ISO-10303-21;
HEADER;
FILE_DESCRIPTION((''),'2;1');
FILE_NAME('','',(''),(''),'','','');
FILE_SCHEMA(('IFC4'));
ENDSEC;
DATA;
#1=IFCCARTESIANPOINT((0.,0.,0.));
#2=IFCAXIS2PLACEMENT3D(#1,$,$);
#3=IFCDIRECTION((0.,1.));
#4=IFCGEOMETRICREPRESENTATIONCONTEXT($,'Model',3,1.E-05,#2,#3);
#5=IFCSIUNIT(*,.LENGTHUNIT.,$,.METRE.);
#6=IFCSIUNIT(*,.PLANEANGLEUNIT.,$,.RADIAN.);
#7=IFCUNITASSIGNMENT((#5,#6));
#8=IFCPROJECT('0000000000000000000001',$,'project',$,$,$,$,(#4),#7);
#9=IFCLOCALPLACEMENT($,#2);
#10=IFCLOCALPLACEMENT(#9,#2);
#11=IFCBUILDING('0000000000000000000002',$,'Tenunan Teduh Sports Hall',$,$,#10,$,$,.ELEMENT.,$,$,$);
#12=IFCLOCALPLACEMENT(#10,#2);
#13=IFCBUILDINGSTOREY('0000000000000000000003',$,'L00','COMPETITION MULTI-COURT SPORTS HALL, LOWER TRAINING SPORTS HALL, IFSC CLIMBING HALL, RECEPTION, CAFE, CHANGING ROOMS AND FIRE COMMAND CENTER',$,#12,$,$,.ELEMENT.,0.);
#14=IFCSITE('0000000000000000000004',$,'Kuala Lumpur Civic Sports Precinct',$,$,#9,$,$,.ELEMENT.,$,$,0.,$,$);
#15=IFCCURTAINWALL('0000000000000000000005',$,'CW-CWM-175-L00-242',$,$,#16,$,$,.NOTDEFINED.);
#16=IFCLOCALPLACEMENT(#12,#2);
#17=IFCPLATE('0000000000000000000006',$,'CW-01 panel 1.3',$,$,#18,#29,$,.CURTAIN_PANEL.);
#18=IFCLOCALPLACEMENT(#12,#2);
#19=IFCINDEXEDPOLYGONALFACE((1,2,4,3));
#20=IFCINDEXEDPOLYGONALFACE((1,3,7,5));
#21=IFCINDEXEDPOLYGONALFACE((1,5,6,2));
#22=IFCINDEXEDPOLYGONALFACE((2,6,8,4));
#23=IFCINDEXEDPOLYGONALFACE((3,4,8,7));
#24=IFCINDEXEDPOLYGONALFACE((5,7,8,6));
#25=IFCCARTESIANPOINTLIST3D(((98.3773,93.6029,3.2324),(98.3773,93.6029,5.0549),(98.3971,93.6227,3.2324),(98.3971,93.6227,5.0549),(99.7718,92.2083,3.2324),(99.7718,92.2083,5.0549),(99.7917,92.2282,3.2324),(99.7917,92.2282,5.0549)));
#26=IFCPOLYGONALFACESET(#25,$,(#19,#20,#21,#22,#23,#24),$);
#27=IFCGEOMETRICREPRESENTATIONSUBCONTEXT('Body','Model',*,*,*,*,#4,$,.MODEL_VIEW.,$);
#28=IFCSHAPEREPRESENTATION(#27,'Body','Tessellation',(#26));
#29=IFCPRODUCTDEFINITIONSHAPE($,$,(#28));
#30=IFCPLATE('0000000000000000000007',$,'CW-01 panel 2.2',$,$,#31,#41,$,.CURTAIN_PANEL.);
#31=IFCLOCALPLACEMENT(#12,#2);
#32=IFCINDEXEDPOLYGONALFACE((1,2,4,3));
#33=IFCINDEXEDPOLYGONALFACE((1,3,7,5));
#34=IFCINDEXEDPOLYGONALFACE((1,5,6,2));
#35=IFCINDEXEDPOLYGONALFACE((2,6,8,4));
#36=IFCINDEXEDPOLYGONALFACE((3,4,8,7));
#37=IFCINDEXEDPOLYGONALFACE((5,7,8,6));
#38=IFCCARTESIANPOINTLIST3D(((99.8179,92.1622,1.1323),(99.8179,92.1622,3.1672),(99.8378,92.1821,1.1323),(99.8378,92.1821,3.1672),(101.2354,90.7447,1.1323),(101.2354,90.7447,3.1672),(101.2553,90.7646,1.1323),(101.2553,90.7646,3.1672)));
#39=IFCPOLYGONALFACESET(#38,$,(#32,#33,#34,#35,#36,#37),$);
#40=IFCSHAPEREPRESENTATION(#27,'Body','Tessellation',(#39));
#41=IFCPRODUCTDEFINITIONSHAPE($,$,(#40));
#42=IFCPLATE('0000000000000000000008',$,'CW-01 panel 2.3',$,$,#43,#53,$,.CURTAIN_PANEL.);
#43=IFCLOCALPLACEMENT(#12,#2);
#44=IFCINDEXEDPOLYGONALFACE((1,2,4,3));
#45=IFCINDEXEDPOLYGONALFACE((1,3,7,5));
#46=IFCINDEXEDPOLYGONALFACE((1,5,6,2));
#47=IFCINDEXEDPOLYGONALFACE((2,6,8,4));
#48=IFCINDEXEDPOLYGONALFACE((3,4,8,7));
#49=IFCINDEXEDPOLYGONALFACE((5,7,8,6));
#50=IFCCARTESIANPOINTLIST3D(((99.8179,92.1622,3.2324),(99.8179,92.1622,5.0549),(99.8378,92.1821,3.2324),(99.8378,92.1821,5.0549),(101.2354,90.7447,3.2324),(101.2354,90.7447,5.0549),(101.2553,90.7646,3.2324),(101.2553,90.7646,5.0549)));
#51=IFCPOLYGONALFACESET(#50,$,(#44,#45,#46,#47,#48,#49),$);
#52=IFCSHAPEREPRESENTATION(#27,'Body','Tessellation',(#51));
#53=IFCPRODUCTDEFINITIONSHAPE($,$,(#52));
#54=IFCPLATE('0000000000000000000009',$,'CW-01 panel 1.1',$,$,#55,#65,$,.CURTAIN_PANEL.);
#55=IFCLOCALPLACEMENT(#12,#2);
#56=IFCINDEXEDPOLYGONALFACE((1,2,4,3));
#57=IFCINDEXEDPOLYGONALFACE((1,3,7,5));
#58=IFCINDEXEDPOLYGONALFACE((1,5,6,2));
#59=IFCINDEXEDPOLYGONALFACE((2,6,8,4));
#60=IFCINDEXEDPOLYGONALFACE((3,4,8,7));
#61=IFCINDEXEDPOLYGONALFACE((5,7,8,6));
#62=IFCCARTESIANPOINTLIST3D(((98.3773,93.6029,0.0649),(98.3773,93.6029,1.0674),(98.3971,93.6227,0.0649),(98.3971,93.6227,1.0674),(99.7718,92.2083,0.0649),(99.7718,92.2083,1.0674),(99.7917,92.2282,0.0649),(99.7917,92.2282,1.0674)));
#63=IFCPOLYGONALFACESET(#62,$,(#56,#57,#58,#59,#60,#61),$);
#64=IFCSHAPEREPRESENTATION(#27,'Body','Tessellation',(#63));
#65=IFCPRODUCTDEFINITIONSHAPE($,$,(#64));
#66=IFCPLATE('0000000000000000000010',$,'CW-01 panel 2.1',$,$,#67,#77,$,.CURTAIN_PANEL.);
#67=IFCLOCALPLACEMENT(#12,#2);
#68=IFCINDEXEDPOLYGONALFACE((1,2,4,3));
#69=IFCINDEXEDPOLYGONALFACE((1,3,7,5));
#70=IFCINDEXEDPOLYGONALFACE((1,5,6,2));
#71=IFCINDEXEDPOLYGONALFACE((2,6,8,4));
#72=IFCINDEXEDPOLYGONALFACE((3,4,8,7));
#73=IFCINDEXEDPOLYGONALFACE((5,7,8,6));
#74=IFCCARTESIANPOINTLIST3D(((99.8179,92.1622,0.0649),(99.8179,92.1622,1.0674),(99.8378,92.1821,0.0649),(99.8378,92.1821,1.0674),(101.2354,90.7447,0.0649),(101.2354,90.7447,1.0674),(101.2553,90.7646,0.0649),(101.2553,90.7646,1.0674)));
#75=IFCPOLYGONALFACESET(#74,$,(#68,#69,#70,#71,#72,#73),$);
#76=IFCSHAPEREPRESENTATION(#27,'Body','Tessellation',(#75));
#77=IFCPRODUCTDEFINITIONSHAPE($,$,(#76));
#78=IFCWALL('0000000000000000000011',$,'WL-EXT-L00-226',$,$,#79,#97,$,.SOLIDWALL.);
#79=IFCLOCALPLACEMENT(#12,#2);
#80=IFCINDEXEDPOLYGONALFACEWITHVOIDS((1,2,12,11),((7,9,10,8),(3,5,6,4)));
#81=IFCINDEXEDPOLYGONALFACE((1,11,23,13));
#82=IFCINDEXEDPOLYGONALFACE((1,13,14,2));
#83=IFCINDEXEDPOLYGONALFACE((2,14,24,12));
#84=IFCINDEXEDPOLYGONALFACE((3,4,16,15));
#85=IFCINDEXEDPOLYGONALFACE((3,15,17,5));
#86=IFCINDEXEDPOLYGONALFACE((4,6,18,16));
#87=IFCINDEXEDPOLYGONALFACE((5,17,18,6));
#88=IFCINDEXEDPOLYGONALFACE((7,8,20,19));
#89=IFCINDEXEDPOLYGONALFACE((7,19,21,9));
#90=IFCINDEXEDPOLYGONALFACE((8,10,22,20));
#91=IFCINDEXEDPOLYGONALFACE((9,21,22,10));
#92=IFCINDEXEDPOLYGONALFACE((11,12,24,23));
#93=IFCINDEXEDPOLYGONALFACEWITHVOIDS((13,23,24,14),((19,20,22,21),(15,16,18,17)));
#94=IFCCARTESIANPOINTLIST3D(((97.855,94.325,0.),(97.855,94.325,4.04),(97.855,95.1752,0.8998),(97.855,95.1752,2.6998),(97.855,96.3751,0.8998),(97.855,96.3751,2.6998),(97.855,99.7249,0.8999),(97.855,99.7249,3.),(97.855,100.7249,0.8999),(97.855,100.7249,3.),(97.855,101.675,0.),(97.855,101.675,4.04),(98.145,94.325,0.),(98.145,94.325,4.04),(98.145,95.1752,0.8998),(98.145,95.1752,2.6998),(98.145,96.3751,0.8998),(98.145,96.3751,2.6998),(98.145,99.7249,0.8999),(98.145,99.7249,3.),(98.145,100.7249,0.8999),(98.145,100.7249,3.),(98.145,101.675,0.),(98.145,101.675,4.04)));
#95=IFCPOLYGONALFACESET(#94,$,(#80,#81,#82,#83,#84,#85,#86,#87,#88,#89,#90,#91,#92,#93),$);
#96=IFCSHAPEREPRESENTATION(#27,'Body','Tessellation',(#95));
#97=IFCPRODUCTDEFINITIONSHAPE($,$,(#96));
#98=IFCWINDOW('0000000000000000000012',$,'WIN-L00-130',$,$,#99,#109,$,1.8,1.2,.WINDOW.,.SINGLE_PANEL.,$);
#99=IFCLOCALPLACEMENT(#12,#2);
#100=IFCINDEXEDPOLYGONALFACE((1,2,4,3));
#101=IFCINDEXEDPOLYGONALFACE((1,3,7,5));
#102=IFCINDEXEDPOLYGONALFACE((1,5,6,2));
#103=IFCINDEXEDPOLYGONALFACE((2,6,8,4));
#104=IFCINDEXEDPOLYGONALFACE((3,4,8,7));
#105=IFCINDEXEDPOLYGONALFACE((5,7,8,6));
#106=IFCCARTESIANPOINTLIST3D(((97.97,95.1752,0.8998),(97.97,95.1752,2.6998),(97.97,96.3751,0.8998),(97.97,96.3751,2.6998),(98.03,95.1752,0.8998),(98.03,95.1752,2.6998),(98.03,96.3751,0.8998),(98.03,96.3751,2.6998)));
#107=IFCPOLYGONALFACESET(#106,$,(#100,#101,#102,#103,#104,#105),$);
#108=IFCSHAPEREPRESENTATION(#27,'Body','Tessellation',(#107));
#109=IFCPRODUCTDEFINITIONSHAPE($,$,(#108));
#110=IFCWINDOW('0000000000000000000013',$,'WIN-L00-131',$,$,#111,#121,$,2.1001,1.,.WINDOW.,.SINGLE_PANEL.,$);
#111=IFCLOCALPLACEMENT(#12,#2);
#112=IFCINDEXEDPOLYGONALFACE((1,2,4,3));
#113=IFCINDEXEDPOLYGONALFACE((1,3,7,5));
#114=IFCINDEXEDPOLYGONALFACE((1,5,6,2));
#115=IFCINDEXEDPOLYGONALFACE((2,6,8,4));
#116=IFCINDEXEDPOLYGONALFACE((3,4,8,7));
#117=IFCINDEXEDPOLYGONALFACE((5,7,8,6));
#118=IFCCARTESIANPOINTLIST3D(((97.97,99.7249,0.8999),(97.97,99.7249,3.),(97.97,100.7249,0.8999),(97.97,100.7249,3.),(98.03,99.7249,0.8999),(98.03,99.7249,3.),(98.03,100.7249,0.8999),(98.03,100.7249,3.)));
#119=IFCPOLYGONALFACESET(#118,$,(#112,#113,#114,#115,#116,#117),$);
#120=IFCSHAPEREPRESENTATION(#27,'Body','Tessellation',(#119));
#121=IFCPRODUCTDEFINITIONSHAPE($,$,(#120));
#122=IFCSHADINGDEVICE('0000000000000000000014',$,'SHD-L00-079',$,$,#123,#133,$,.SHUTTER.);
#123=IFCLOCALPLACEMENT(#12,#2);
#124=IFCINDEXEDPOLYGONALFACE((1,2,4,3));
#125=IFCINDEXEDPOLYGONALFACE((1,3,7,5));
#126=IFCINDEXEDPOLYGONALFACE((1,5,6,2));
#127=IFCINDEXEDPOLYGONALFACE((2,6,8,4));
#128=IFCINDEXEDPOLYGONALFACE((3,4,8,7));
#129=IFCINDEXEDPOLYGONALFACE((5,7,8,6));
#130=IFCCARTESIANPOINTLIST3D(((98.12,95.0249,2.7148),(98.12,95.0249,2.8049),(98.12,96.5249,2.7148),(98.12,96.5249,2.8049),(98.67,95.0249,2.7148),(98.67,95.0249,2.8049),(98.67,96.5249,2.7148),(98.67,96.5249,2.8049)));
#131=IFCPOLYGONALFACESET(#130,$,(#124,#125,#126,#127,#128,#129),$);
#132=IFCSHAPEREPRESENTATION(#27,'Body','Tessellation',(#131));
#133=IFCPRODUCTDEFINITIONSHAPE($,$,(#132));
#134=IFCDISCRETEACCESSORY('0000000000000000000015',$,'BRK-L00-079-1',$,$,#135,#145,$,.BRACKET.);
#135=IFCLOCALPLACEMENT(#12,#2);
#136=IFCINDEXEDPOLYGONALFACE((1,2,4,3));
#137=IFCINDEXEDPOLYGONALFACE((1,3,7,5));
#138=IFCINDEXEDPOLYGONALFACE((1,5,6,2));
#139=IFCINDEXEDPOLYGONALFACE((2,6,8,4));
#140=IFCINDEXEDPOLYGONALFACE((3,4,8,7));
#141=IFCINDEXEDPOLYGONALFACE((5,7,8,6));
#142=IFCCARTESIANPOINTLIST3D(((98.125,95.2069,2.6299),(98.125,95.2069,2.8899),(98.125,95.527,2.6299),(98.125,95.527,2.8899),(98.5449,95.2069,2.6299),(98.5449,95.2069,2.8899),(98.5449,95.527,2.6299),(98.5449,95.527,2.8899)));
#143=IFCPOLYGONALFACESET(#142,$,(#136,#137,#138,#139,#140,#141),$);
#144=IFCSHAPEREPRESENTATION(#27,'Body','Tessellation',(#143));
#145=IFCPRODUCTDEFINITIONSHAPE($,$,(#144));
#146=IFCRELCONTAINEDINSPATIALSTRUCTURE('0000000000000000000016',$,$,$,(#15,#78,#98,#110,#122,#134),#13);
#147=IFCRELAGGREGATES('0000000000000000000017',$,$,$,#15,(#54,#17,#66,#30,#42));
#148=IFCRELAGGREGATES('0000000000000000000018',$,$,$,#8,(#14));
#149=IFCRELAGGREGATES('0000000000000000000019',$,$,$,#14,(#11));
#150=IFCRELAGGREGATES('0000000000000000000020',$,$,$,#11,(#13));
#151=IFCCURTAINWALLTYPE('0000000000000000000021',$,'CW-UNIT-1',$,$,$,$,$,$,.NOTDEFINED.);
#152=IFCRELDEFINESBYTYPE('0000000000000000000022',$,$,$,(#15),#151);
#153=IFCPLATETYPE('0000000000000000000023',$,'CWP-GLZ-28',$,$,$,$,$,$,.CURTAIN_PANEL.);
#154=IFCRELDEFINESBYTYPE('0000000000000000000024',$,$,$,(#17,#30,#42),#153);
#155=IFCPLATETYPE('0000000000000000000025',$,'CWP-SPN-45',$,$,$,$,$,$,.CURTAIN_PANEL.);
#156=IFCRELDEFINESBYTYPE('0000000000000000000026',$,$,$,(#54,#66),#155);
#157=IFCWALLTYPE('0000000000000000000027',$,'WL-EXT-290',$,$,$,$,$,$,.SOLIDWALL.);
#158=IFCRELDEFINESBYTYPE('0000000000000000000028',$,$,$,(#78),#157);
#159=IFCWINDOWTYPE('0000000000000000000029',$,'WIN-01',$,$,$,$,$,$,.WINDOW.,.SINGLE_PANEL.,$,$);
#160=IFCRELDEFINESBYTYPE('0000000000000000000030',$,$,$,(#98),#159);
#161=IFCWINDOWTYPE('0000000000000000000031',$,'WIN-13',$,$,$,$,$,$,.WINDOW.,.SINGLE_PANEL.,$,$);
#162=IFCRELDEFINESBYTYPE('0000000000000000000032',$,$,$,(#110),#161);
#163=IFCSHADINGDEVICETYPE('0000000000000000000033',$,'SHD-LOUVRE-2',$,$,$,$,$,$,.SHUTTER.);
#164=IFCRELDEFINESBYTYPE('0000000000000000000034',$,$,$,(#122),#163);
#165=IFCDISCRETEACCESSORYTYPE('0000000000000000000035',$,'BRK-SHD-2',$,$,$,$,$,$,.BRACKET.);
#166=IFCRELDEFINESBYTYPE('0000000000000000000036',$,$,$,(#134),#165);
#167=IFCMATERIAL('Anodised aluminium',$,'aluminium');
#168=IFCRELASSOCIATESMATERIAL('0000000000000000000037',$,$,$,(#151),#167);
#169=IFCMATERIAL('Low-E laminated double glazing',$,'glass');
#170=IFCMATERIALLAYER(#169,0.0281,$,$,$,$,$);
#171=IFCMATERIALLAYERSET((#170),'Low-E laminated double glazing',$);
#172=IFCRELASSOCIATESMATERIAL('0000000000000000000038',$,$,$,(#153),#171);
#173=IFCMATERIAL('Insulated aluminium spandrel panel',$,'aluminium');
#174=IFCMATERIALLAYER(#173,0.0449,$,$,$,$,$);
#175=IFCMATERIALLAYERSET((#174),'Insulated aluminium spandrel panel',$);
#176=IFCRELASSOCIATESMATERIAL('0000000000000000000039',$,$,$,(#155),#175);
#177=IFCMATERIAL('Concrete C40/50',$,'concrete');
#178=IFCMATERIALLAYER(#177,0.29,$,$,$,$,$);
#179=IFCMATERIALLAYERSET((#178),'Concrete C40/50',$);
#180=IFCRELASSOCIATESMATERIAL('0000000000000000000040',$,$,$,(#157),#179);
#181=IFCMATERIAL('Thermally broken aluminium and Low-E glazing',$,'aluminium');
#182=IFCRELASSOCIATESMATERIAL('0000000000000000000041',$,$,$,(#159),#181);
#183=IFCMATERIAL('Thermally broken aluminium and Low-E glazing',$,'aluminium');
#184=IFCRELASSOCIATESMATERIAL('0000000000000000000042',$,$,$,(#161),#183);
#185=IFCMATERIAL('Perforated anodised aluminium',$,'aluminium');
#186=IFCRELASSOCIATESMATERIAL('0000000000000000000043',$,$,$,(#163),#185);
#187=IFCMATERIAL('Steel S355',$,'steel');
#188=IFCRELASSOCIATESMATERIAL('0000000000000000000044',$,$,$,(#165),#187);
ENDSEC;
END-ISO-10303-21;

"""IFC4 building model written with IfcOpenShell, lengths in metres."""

from ifc_helpers import new_model, si_unit, direction, frame, frame_2d, origin, origin_2d, place, context, subcontext, project, spatial, rectangle, extrude, material, layer, layer_set, type_object, element, fill, aggregate, save


model = new_model("IFC4")

# Units and contexts
model_context = context("Model", 3, precision=1e-05, world=origin(), true_north=direction((0.0, 1.0)))
body_context = subcontext(model_context, "Body", "Model", "MODEL_VIEW")
ifc_project = project(units=[si_unit("LENGTHUNIT", "METRE"), si_unit("PLANEANGLEUNIT", "RADIAN")], contexts=[model_context])

# Site, building, storey
site_placement = place(None, origin())
site = spatial("IfcSite", under=ifc_project, at=site_placement, Name="Kuala Lumpur Civic Sports Precinct", CompositionType="ELEMENT", RefElevation=0.0)
building_placement = place(site_placement, origin())
building = spatial("IfcBuilding", under=site, at=building_placement, Name="Tenunan Teduh Sports Hall", CompositionType="ELEMENT")
storey_placement = place(building_placement, origin())
storey = spatial("IfcBuildingStorey", under=building, at=storey_placement, Name="L00", Description="COMPETITION MULTI-COURT SPORTS HALL, LOWER TRAINING SPORTS HALL, IFSC CLIMBING HALL, RECEPTION, CAFE, CHANGING ROOMS AND FIRE COMMAND CENTER", CompositionType="ELEMENT", Elevation=0.0)

# Curtain wall, plates
ifc_material_1 = material(Name="Anodised aluminium", Category="aluminium")
curtain_wall_type = type_object("IfcCurtainWallType", Name="CW-UNIT-1", PredefinedType="NOTDEFINED", material=ifc_material_1)
curtain_wall_placement = place(storey_placement, origin())
curtain_wall = element("IfcCurtainWall", 1, at=curtain_wall_placement, inside=storey, type_object=curtain_wall_type, Name="CW-CWM-175-L00-242", PredefinedType="NOTDEFINED")
ifc_material_2 = material(Name="Low-E laminated double glazing", Category="glass")
ifc_layer_1 = layer(ifc_material_2, 0.0281)
ifc_layer_set_1 = layer_set([ifc_layer_1], Name="Low-E laminated double glazing")
plate_type_1 = type_object("IfcPlateType", Name="CWP-GLZ-28", PredefinedType="CURTAIN_PANEL", material=ifc_layer_set_1)
plate_1_placement = place(storey_placement, frame((99.0845, 92.9155, 3.2324), z_axis=(0.0, 0.0, 1.0), x_axis=(0.707107, -0.707107, 0.0)))
plate_1 = element("IfcPlate", 2, at=plate_1_placement, type_object=plate_type_1, Name="CW-01 panel 1.3", PredefinedType="CURTAIN_PANEL", context=body_context, shape_type="SweptSolid", body=[
    extrude(rectangle(XDim=1.9722, YDim=0.0281, at=origin_2d()), origin(), (0.0, 0.0, 1.0), 1.8225),
])
plate_2_placement = place(storey_placement, frame((100.5366, 91.4634, 1.1323), z_axis=(0.0, 0.0, 1.0), x_axis=(0.707107, -0.707107, 0.0)))
plate_2 = element("IfcPlate", 3, at=plate_2_placement, type_object=plate_type_1, Name="CW-01 panel 2.2", PredefinedType="CURTAIN_PANEL", context=body_context, shape_type="SweptSolid", body=[
    extrude(rectangle(XDim=2.0046, YDim=0.0281, at=origin_2d()), origin(), (0.0, 0.0, 1.0), 2.0349),
])
plate_3_placement = place(storey_placement, frame((100.5366, 91.4634, 3.2324), z_axis=(0.0, 0.0, 1.0), x_axis=(0.707107, -0.707107, 0.0)))
plate_3 = element("IfcPlate", 4, at=plate_3_placement, type_object=plate_type_1, Name="CW-01 panel 2.3", PredefinedType="CURTAIN_PANEL", context=body_context, shape_type="SweptSolid", body=[
    extrude(rectangle(XDim=2.0046, YDim=0.0281, at=origin_2d()), origin(), (0.0, 0.0, 1.0), 1.8225),
])
ifc_material_3 = material(Name="Insulated aluminium spandrel panel", Category="aluminium")
ifc_layer_2 = layer(ifc_material_3, 0.0449)
ifc_layer_set_2 = layer_set([ifc_layer_2], Name="Insulated aluminium spandrel panel")
plate_type_2 = type_object("IfcPlateType", Name="CWP-SPN-45", PredefinedType="CURTAIN_PANEL", material=ifc_layer_set_2)
plate_4_placement = place(storey_placement, frame((99.0845, 92.9155, 0.0649), z_axis=(0.0, 0.0, 1.0), x_axis=(0.707107, -0.707107, 0.0)))
plate_4 = element("IfcPlate", 5, at=plate_4_placement, type_object=plate_type_2, Name="CW-01 panel 1.1", PredefinedType="CURTAIN_PANEL", context=body_context, shape_type="SweptSolid", body=[
    extrude(rectangle(XDim=1.9722, YDim=0.0281, at=origin_2d()), origin(), (0.0, 0.0, 1.0), 1.0024),
])
plate_5_placement = place(storey_placement, frame((100.5366, 91.4634, 0.0649), z_axis=(0.0, 0.0, 1.0), x_axis=(0.707107, -0.707107, 0.0)))
plate_5 = element("IfcPlate", 6, at=plate_5_placement, type_object=plate_type_2, Name="CW-01 panel 2.1", PredefinedType="CURTAIN_PANEL", context=body_context, shape_type="SweptSolid", body=[
    extrude(rectangle(XDim=2.0046, YDim=0.0281, at=origin_2d()), origin(), (0.0, 0.0, 1.0), 1.0024),
])
aggregate(curtain_wall, [plate_4, plate_1, plate_5, plate_2, plate_3])

# Wall, openings, windows
ifc_material_4 = material(Name="Concrete C40/50", Category="concrete")
ifc_layer_3 = layer(ifc_material_4, 0.29)
ifc_layer_set_3 = layer_set([ifc_layer_3], Name="Concrete C40/50")
wall_type = type_object("IfcWallType", Name="WL-EXT-290", PredefinedType="SOLIDWALL", material=ifc_layer_set_3)
wall_placement = place(storey_placement, frame((98.0, 94.325, 0.0), z_axis=(0.0, 0.0, 1.0), x_axis=(0.0, 1.0, 0.0)))
wall = element("IfcWall", 7, at=wall_placement, inside=storey, type_object=wall_type, Name="WL-EXT-L00-226", PredefinedType="SOLIDWALL", context=body_context, shape_type="SweptSolid", body=[
    extrude(rectangle(XDim=7.3501, YDim=0.29, at=frame_2d((3.675, 0.0))), origin(), (0.0, 0.0, 1.0), 4.04),
])
opening_1_placement = place(wall_placement, frame((0.8501, 0.0, 0.8999)))
opening_1 = element("IfcOpeningElement", 8, at=opening_1_placement, cuts=wall, PredefinedType="OPENING", context=body_context, shape_type="SweptSolid", body=[
    extrude(rectangle(XDim=1.2, YDim=1.8, at=frame_2d((0.6001, 0.8999))), frame((0.0, 0.155, 0.0), z_axis=(0.0, -1.0, 0.0), x_axis=(1.0, 0.0, 0.0)), (0.0, 0.0, 1.0), 0.3101),
])
opening_2_placement = place(wall_placement, frame((5.3999, 0.0, 0.8999)))
opening_2 = element("IfcOpeningElement", 9, at=opening_2_placement, cuts=wall, PredefinedType="OPENING", context=body_context, shape_type="SweptSolid", body=[
    extrude(rectangle(XDim=1.0, YDim=2.1001, at=frame_2d((0.5, 1.05))), frame((0.0, 0.155, 0.0), z_axis=(0.0, -1.0, 0.0), x_axis=(1.0, 0.0, 0.0)), (0.0, 0.0, 1.0), 0.3101),
])
ifc_material_5 = material(Name="Thermally broken aluminium and Low-E glazing", Category="aluminium")
window_type_1 = type_object("IfcWindowType", Name="WIN-01", PartitioningType="SINGLE_PANEL", PredefinedType="WINDOW", material=ifc_material_5)
window_1_placement = place(opening_1_placement, origin())
window_1 = element("IfcWindow", 10, at=window_1_placement, inside=storey, type_object=window_type_1, Name="WIN-L00-130", OverallHeight=1.8, OverallWidth=1.2, PartitioningType="SINGLE_PANEL", PredefinedType="WINDOW", context=body_context, shape_type="SweptSolid", body=[
    extrude(rectangle(XDim=1.2, YDim=1.8, at=frame_2d((0.6001, 0.8999))), frame((0.0, 0.03, 0.0), z_axis=(0.0, -1.0, 0.0), x_axis=(1.0, 0.0, 0.0)), (0.0, 0.0, 1.0), 0.0601),
])
fill(opening_1, window_1)
ifc_material_6 = material(Name="Thermally broken aluminium and Low-E glazing", Category="aluminium")
window_type_2 = type_object("IfcWindowType", Name="WIN-13", PartitioningType="SINGLE_PANEL", PredefinedType="WINDOW", material=ifc_material_6)
window_2_placement = place(opening_2_placement, origin())
window_2 = element("IfcWindow", 11, at=window_2_placement, inside=storey, type_object=window_type_2, Name="WIN-L00-131", OverallHeight=2.1001, OverallWidth=1.0, PartitioningType="SINGLE_PANEL", PredefinedType="WINDOW", context=body_context, shape_type="SweptSolid", body=[
    extrude(rectangle(XDim=1.0, YDim=2.1001, at=frame_2d((0.5, 1.05))), frame((0.0, 0.03, 0.0), z_axis=(0.0, -1.0, 0.0), x_axis=(1.0, 0.0, 0.0)), (0.0, 0.0, 1.0), 0.0601),
])
fill(opening_2, window_2)

# Shading device
ifc_material_7 = material(Name="Perforated anodised aluminium", Category="aluminium")
shading_device_type = type_object("IfcShadingDeviceType", Name="SHD-LOUVRE-2", PredefinedType="SHUTTER", material=ifc_material_7)
shading_device_placement = place(storey_placement, frame((98.395, 95.7749, 2.7148), z_axis=(0.0, 0.0, 1.0), x_axis=(0.0, 1.0, 0.0)))
element("IfcShadingDevice", 12, at=shading_device_placement, inside=storey, type_object=shading_device_type, Name="SHD-L00-079", PredefinedType="SHUTTER", context=body_context, shape_type="SweptSolid", body=[
    extrude(rectangle(XDim=1.5, YDim=0.55, at=origin_2d()), origin(), (0.0, 0.0, 1.0), 0.0901),
])

# Discrete accessory
ifc_material_8 = material(Name="Steel S355", Category="steel")
discrete_accessory_type = type_object("IfcDiscreteAccessoryType", Name="BRK-SHD-2", PredefinedType="BRACKET", material=ifc_material_8)
discrete_accessory_placement = place(storey_placement, frame((98.335, 95.3669, 2.6299), z_axis=(0.0, 0.0, 1.0), x_axis=(0.0, 1.0, 0.0)))
element("IfcDiscreteAccessory", 13, at=discrete_accessory_placement, inside=storey, type_object=discrete_accessory_type, Name="BRK-L00-079-1", PredefinedType="BRACKET", context=body_context, shape_type="SweptSolid", body=[
    extrude(rectangle(XDim=0.3201, YDim=0.4199, at=origin_2d()), origin(), (0.0, 0.0, 1.0), 0.26),
])

save(model, "model.ifc")
